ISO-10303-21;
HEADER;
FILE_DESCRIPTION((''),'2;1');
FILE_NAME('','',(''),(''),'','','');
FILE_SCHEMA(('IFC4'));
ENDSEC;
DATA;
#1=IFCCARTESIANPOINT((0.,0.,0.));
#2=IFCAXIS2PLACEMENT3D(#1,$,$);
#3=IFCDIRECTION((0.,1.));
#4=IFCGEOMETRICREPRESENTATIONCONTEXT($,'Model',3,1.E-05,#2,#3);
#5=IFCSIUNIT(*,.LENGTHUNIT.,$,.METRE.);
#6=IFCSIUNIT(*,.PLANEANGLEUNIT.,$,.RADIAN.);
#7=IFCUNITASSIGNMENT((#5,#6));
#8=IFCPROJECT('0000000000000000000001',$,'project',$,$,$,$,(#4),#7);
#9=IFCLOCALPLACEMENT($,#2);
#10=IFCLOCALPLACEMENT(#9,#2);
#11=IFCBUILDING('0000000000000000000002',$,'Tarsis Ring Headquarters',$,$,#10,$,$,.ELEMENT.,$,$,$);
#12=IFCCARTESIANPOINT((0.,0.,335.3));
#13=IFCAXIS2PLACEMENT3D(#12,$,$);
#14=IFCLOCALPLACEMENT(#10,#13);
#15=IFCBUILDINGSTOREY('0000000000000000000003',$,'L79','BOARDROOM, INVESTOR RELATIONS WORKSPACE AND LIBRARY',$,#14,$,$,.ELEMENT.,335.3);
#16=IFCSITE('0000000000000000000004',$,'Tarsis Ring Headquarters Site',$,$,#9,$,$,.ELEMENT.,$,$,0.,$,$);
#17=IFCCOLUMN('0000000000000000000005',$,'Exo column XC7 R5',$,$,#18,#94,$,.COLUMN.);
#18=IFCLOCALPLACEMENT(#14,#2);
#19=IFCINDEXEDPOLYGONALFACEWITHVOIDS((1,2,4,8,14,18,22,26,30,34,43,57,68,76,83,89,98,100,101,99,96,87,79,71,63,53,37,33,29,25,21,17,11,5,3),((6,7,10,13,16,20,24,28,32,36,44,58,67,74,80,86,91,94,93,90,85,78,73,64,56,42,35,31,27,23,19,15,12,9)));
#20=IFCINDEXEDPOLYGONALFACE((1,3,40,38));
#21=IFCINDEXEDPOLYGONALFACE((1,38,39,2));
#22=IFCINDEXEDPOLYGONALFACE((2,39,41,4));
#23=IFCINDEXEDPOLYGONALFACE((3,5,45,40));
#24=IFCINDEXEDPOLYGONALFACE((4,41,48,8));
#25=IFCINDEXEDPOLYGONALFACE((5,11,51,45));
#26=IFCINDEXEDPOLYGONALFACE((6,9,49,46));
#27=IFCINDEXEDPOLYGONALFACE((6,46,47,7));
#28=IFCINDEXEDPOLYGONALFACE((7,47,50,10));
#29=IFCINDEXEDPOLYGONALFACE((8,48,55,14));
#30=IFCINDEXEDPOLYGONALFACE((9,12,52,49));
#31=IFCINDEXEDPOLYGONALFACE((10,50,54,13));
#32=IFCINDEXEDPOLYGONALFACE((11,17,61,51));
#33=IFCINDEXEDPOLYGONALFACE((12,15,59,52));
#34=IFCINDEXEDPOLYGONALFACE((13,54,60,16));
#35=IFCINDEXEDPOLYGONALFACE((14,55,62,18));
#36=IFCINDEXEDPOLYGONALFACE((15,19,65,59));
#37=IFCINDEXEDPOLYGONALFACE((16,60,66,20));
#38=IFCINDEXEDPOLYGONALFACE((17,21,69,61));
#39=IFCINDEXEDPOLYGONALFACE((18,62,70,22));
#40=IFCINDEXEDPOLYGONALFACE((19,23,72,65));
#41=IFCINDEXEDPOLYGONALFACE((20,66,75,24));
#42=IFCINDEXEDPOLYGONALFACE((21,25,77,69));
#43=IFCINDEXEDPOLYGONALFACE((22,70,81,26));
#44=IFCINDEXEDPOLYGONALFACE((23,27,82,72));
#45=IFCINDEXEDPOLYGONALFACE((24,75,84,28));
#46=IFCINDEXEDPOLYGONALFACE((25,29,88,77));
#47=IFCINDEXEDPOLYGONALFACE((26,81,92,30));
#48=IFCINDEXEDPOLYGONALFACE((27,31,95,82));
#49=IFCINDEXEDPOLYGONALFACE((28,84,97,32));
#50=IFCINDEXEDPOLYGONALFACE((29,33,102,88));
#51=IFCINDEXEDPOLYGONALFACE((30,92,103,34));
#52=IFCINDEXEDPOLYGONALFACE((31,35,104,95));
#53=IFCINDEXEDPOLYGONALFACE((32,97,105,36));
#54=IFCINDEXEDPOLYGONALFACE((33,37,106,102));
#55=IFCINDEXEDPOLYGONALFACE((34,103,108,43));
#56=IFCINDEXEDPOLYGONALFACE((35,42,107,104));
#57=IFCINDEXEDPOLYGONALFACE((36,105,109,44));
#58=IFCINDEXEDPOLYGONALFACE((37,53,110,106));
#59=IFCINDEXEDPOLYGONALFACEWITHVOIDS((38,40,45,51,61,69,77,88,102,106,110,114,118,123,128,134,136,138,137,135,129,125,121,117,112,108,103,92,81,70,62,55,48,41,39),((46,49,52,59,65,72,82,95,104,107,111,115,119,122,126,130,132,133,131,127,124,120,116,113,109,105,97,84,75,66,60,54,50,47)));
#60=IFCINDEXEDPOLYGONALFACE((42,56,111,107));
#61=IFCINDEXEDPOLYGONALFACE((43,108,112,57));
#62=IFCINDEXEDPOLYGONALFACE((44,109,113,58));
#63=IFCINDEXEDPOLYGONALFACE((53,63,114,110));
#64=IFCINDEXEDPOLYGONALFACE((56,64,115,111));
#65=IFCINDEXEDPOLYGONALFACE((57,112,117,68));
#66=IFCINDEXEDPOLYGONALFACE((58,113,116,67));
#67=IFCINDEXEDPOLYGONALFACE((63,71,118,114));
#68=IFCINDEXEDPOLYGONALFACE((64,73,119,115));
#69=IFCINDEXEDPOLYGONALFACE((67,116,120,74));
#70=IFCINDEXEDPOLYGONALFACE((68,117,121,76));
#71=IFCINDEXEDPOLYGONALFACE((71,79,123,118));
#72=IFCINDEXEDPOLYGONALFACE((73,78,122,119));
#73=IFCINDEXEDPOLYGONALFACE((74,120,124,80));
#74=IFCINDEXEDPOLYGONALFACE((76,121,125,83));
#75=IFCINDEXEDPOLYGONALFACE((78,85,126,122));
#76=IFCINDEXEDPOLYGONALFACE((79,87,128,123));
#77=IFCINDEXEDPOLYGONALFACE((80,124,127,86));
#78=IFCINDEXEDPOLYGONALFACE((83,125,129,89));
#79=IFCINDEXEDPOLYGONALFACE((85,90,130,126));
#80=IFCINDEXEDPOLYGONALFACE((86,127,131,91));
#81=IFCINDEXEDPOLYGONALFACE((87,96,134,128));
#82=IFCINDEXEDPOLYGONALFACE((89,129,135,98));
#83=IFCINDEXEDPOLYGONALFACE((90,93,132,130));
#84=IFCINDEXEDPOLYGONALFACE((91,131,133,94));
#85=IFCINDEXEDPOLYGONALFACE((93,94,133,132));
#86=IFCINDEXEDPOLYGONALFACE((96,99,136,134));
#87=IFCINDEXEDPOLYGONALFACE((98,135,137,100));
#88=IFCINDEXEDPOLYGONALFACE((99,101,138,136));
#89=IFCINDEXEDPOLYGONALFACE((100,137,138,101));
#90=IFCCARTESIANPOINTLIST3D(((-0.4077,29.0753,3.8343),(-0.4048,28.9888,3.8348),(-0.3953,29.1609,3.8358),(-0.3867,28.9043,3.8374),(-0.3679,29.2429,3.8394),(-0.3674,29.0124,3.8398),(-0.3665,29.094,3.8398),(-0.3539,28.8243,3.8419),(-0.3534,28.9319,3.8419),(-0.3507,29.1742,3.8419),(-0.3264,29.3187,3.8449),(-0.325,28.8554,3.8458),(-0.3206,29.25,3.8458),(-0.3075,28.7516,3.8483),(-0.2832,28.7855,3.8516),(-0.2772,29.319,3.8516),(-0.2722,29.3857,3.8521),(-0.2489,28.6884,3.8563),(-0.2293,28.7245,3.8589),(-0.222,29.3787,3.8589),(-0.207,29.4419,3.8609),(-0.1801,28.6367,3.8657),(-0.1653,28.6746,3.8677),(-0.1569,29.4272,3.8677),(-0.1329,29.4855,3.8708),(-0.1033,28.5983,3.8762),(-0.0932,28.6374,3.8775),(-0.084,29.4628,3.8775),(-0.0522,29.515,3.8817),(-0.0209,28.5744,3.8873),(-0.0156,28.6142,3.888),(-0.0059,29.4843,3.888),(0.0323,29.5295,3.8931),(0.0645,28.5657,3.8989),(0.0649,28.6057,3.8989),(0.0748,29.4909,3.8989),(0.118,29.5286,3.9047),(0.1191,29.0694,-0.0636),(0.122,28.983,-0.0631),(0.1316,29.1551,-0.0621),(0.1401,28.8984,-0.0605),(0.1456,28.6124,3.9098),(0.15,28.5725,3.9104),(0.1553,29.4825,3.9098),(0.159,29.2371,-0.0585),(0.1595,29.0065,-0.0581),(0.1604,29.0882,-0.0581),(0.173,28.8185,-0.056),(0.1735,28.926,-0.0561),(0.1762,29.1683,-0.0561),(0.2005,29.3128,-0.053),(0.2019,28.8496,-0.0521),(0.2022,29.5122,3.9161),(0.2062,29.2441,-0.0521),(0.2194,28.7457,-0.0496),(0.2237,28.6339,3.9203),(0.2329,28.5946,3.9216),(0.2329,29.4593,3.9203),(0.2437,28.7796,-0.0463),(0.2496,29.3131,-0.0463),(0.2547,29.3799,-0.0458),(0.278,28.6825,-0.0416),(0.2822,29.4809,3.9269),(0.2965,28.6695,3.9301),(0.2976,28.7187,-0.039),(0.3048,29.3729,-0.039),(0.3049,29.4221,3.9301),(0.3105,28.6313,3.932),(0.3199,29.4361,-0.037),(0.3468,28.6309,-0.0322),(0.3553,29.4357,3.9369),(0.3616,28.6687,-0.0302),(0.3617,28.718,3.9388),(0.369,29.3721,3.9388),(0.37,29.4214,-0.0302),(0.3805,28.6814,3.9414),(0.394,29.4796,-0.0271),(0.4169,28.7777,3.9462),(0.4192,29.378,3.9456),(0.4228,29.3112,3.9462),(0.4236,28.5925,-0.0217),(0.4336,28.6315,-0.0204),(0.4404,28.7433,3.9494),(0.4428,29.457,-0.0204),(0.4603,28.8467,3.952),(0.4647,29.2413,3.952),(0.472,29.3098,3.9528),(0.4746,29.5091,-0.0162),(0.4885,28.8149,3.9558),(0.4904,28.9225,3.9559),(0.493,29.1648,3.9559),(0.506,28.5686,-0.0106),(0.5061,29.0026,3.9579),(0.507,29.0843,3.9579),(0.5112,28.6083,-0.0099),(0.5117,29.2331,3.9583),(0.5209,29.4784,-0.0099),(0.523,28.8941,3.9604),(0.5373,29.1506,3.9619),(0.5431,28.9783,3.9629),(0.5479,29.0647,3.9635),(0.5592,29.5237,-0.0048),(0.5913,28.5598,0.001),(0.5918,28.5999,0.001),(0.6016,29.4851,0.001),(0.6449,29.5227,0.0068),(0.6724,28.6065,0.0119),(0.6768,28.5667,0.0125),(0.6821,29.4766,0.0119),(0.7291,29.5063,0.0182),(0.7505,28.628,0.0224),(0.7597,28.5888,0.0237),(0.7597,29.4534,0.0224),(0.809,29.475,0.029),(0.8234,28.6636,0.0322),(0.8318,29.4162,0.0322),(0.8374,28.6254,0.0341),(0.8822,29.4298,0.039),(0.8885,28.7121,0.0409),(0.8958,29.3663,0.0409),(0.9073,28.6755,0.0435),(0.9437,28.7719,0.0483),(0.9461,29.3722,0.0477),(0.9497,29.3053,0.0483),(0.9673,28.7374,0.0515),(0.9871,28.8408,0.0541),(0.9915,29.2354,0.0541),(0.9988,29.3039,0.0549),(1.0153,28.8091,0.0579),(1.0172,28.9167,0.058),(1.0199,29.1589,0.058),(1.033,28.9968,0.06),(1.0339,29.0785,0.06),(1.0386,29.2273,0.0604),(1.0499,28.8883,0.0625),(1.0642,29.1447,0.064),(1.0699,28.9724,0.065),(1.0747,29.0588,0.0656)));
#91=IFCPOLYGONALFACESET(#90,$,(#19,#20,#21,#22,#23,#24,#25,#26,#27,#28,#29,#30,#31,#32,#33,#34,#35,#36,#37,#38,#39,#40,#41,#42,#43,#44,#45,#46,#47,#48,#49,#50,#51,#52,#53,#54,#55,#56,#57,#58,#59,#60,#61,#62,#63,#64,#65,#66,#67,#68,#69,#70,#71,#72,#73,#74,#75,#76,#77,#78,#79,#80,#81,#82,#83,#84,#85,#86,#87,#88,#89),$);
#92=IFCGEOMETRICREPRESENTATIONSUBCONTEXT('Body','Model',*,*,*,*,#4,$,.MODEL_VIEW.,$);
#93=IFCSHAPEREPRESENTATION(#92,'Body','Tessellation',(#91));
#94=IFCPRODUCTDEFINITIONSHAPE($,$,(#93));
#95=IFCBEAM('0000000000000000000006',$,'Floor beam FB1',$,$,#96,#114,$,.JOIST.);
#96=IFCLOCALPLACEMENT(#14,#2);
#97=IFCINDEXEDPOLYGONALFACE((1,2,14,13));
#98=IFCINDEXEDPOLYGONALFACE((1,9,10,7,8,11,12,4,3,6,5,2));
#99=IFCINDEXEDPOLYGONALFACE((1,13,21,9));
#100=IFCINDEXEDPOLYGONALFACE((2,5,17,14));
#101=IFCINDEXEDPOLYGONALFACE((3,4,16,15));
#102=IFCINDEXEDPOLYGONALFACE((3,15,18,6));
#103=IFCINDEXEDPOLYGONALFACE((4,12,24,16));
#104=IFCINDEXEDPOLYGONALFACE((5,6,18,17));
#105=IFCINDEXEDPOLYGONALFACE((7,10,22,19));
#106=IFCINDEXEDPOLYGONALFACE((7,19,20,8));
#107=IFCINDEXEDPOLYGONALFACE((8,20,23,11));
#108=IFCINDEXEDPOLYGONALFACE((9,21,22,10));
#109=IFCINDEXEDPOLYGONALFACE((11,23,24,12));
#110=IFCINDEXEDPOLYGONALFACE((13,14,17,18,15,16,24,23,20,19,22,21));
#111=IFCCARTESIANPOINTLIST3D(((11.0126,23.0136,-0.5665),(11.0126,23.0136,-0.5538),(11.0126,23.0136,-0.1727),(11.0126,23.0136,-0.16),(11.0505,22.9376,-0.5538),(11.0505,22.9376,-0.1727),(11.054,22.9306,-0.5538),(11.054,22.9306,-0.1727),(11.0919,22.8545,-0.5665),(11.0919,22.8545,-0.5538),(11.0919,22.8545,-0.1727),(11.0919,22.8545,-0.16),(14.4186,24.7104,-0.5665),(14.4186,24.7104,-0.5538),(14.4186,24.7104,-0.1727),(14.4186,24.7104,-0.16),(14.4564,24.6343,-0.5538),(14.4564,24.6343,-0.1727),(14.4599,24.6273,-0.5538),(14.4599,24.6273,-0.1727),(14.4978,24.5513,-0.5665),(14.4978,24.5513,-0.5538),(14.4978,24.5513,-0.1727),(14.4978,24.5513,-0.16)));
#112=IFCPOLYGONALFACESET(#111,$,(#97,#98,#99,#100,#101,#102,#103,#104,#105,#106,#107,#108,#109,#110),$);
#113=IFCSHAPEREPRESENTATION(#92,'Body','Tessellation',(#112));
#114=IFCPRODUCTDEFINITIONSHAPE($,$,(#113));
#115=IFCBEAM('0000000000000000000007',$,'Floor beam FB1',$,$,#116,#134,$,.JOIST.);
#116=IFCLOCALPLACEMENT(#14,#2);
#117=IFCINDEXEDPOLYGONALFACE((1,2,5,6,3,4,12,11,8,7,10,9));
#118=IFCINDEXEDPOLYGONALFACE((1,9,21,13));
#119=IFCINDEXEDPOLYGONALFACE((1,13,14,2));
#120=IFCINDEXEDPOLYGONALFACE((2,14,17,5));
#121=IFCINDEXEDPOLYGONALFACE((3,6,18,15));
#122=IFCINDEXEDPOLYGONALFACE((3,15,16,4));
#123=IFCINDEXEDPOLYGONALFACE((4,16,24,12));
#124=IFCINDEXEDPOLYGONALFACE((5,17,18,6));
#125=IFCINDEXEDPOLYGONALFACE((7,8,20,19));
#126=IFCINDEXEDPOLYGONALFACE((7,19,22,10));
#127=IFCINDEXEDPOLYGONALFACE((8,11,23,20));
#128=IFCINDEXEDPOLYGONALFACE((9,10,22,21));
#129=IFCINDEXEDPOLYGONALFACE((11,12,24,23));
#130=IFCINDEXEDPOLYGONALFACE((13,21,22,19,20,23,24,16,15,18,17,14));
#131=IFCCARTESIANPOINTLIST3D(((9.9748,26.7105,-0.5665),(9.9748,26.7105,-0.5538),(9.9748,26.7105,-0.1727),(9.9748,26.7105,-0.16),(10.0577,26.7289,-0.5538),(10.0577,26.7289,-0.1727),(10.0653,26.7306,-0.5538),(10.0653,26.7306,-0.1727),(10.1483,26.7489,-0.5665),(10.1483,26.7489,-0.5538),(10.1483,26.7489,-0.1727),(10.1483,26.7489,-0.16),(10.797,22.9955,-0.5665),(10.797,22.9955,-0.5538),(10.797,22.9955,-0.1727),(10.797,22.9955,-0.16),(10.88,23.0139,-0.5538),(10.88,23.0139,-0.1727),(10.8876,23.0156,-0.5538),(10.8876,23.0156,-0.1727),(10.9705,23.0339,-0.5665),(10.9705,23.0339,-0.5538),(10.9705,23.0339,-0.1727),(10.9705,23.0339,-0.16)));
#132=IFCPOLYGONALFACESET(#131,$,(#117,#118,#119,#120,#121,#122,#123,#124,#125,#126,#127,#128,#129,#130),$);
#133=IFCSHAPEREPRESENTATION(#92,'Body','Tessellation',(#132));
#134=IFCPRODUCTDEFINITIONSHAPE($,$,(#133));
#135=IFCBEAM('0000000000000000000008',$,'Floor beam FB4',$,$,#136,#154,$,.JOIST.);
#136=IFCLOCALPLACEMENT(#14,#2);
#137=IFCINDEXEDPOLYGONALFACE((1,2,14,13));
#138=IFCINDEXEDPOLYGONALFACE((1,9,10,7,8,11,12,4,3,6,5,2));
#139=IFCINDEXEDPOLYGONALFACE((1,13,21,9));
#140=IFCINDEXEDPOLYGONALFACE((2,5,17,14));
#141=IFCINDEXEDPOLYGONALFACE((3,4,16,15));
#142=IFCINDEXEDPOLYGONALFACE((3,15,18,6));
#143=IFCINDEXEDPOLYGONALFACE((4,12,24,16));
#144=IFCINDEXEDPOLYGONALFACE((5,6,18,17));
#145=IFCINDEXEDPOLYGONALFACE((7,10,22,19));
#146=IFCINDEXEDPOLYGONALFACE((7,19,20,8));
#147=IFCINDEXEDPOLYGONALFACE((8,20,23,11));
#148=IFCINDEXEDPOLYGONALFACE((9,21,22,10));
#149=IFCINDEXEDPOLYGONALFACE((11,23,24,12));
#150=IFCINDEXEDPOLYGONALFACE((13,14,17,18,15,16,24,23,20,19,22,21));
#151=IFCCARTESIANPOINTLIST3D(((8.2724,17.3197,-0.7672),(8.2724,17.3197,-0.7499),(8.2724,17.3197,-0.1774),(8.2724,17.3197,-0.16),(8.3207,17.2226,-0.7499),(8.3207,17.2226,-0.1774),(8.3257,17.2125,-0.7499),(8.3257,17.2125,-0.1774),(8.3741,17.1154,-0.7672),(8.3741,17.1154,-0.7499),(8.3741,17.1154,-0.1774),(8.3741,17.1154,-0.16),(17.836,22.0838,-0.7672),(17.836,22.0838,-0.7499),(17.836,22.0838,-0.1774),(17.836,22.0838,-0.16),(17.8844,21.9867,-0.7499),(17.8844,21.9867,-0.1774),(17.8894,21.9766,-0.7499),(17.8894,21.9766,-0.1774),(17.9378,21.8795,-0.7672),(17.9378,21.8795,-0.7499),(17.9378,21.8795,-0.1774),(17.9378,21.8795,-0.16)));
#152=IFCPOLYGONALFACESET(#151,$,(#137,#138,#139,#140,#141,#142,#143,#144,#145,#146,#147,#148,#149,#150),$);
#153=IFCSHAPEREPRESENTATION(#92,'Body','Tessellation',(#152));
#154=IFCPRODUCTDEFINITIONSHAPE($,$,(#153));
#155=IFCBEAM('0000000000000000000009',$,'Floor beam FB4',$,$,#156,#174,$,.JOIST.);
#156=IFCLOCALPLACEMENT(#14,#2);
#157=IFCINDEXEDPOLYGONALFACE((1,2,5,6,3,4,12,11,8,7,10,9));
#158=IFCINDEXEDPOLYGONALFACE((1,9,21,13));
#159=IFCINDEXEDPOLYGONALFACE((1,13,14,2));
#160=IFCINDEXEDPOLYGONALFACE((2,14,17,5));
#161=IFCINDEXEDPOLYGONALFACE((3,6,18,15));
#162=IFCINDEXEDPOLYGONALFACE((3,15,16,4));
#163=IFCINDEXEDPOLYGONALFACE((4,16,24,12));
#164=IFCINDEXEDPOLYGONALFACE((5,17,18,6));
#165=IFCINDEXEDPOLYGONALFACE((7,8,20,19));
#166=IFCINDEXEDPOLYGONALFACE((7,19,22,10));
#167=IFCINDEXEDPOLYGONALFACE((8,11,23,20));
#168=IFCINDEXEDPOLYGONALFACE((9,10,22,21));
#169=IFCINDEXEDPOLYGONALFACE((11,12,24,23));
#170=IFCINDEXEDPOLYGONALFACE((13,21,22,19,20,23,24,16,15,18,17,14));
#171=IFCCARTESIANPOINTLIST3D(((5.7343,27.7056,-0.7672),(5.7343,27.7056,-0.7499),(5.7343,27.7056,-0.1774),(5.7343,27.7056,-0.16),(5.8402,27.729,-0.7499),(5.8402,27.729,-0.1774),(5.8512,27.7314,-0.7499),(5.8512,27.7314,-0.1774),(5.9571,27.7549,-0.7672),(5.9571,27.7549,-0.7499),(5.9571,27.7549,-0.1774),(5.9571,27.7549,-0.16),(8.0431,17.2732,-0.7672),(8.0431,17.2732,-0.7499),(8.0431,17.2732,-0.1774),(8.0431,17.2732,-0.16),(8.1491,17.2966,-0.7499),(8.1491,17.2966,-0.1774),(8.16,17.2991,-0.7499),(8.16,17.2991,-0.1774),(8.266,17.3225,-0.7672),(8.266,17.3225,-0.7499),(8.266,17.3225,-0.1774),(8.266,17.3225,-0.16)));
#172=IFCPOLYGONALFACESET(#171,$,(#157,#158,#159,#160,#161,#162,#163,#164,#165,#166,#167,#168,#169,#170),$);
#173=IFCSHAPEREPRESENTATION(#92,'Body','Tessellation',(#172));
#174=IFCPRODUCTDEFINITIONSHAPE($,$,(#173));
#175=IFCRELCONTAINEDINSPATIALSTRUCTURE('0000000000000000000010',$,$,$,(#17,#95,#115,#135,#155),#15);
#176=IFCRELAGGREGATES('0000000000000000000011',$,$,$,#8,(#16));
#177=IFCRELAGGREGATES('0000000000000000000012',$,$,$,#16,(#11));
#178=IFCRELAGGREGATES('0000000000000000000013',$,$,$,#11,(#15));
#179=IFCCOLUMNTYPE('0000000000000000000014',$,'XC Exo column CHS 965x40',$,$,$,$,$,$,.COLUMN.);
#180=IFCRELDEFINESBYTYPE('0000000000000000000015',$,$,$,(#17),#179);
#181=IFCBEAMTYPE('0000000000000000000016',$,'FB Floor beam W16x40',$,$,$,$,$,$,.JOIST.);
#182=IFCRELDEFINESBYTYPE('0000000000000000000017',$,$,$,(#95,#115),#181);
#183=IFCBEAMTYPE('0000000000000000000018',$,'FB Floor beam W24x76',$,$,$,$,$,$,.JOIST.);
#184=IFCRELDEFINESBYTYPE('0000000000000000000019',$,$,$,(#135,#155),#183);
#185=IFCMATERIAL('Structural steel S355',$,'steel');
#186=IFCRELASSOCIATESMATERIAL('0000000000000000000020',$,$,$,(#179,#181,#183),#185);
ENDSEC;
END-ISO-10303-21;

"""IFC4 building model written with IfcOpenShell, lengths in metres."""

from ifc_helpers import new_model, si_unit, direction, frame, origin, origin_2d, place, context, subcontext, project, spatial, hollow_circle, i_section, extrude, material, material_profile, profile_set, type_object, element, save


model = new_model("IFC4")

# Units and contexts
model_context = context("Model", 3, precision=1e-05, world=origin(), true_north=direction((0.0, 1.0)))
body_context = subcontext(model_context, "Body", "Model", "MODEL_VIEW")
ifc_project = project(units=[si_unit("LENGTHUNIT", "METRE"), si_unit("PLANEANGLEUNIT", "RADIAN")], contexts=[model_context])

# Site, building, storey
site_placement = place(None, origin())
site = spatial("IfcSite", under=ifc_project, at=site_placement, Name="Tarsis Ring Headquarters Site", CompositionType="ELEMENT", RefElevation=0.0)
building_placement = place(site_placement, origin())
building = spatial("IfcBuilding", under=site, at=building_placement, Name="Tarsis Ring Headquarters", CompositionType="ELEMENT")
storey_placement = place(building_placement, frame((0.0, 0.0, 335.3)))
storey = spatial("IfcBuildingStorey", under=building, at=storey_placement, Name="L79", Description="BOARDROOM, INVESTOR RELATIONS WORKSPACE AND LIBRARY", CompositionType="ELEMENT", Elevation=335.3)

# Column
ifc_material_1 = material(Name="Structural steel S355", Category="steel")
ifc_material_profile_1 = material_profile(ifc_material_1, hollow_circle(Radius=0.4827, WallThickness=0.04, at=origin_2d()), Name="CHS 965x40")
ifc_profile_set_1 = profile_set([ifc_material_profile_1], Name="Structural steel S355")
column_type = type_object("IfcColumnType", Name="XC Exo column CHS 965x40", PredefinedType="COLUMN", material=ifc_profile_set_1)
column_placement = place(storey_placement, frame((0.5967, 29.0425, 0.001), z_axis=(-0.133944, 0.00149, 0.990988), x_axis=(-0.011121, -0.999938, 0.0)))
element("IfcColumn", 1, at=column_placement, inside=storey, type_object=column_type, Name="Exo column XC7 R5", PredefinedType="COLUMN", context=body_context, shape_type="SweptSolid", body=[
    extrude(hollow_circle(Radius=0.4827, WallThickness=0.04, at=origin_2d()), origin(), (0.0, 0.0, 1.0), 3.9333),
])

# Beams
ifc_material_profile_2 = material_profile(ifc_material_1, i_section(OverallWidth=0.1777, OverallDepth=0.4065, WebThickness=0.0078, FlangeThickness=0.0127, at=origin_2d()), Name="W16x40")
ifc_profile_set_2 = profile_set([ifc_material_profile_2], Name="Structural steel S355")
beam_type_1 = type_object("IfcBeamType", Name="FB Floor beam W16x40", PredefinedType="JOIST", material=ifc_profile_set_2)
beam_1_placement = place(storey_placement, frame((11.0522, 22.9341, -0.3633), z_axis=(0.895081, 0.445904, 0.0), x_axis=(-0.445904, 0.895081, 0.0)))
element("IfcBeam", 2, at=beam_1_placement, inside=storey, type_object=beam_type_1, Name="Floor beam FB1", PredefinedType="JOIST", context=body_context, shape_type="SweptSolid", body=[
    extrude(i_section(OverallWidth=0.1777, OverallDepth=0.4065, WebThickness=0.0078, FlangeThickness=0.0127, at=origin_2d()), origin(), (0.0, 0.0, 1.0), 3.8052),
])
beam_2_placement = place(storey_placement, frame((10.0615, 26.7297, -0.3633), z_axis=(0.216102, -0.976371, 0.0), x_axis=(0.976371, 0.216102, 0.0)))
element("IfcBeam", 3, at=beam_2_placement, inside=storey, type_object=beam_type_1, Name="Floor beam FB1", PredefinedType="JOIST", context=body_context, shape_type="SweptSolid", body=[
    extrude(i_section(OverallWidth=0.1777, OverallDepth=0.4065, WebThickness=0.0078, FlangeThickness=0.0127, at=origin_2d()), origin(), (0.0, 0.0, 1.0), 3.8049),
])
ifc_material_profile_3 = material_profile(ifc_material_1, i_section(OverallWidth=0.2283, OverallDepth=0.6072, WebThickness=0.0112, FlangeThickness=0.0173, at=origin_2d()), Name="W24x76")
ifc_profile_set_3 = profile_set([ifc_material_profile_3], Name="Structural steel S355")
beam_type_2 = type_object("IfcBeamType", Name="FB Floor beam W24x76", PredefinedType="JOIST", material=ifc_profile_set_3)
beam_3_placement = place(storey_placement, frame((8.3232, 17.2175, -0.4636), z_axis=(0.895089, 0.445888, 0.0), x_axis=(-0.445888, 0.895089, 0.0)))
element("IfcBeam", 4, at=beam_3_placement, inside=storey, type_object=beam_type_2, Name="Floor beam FB4", PredefinedType="JOIST", context=body_context, shape_type="SweptSolid", body=[
    extrude(i_section(OverallWidth=0.2283, OverallDepth=0.6072, WebThickness=0.0112, FlangeThickness=0.0173, at=origin_2d()), origin(), (0.0, 0.0, 1.0), 10.6846),
])
beam_4_placement = place(storey_placement, frame((5.8457, 27.7302, -0.4636), z_axis=(0.216086, -0.976374, 0.0), x_axis=(0.976374, 0.216086, 0.0)))
element("IfcBeam", 5, at=beam_4_placement, inside=storey, type_object=beam_type_2, Name="Floor beam FB4", PredefinedType="JOIST", context=body_context, shape_type="SweptSolid", body=[
    extrude(i_section(OverallWidth=0.2283, OverallDepth=0.6072, WebThickness=0.0112, FlangeThickness=0.0173, at=origin_2d()), origin(), (0.0, 0.0, 1.0), 10.6848),
])

save(model, "model.ifc")
